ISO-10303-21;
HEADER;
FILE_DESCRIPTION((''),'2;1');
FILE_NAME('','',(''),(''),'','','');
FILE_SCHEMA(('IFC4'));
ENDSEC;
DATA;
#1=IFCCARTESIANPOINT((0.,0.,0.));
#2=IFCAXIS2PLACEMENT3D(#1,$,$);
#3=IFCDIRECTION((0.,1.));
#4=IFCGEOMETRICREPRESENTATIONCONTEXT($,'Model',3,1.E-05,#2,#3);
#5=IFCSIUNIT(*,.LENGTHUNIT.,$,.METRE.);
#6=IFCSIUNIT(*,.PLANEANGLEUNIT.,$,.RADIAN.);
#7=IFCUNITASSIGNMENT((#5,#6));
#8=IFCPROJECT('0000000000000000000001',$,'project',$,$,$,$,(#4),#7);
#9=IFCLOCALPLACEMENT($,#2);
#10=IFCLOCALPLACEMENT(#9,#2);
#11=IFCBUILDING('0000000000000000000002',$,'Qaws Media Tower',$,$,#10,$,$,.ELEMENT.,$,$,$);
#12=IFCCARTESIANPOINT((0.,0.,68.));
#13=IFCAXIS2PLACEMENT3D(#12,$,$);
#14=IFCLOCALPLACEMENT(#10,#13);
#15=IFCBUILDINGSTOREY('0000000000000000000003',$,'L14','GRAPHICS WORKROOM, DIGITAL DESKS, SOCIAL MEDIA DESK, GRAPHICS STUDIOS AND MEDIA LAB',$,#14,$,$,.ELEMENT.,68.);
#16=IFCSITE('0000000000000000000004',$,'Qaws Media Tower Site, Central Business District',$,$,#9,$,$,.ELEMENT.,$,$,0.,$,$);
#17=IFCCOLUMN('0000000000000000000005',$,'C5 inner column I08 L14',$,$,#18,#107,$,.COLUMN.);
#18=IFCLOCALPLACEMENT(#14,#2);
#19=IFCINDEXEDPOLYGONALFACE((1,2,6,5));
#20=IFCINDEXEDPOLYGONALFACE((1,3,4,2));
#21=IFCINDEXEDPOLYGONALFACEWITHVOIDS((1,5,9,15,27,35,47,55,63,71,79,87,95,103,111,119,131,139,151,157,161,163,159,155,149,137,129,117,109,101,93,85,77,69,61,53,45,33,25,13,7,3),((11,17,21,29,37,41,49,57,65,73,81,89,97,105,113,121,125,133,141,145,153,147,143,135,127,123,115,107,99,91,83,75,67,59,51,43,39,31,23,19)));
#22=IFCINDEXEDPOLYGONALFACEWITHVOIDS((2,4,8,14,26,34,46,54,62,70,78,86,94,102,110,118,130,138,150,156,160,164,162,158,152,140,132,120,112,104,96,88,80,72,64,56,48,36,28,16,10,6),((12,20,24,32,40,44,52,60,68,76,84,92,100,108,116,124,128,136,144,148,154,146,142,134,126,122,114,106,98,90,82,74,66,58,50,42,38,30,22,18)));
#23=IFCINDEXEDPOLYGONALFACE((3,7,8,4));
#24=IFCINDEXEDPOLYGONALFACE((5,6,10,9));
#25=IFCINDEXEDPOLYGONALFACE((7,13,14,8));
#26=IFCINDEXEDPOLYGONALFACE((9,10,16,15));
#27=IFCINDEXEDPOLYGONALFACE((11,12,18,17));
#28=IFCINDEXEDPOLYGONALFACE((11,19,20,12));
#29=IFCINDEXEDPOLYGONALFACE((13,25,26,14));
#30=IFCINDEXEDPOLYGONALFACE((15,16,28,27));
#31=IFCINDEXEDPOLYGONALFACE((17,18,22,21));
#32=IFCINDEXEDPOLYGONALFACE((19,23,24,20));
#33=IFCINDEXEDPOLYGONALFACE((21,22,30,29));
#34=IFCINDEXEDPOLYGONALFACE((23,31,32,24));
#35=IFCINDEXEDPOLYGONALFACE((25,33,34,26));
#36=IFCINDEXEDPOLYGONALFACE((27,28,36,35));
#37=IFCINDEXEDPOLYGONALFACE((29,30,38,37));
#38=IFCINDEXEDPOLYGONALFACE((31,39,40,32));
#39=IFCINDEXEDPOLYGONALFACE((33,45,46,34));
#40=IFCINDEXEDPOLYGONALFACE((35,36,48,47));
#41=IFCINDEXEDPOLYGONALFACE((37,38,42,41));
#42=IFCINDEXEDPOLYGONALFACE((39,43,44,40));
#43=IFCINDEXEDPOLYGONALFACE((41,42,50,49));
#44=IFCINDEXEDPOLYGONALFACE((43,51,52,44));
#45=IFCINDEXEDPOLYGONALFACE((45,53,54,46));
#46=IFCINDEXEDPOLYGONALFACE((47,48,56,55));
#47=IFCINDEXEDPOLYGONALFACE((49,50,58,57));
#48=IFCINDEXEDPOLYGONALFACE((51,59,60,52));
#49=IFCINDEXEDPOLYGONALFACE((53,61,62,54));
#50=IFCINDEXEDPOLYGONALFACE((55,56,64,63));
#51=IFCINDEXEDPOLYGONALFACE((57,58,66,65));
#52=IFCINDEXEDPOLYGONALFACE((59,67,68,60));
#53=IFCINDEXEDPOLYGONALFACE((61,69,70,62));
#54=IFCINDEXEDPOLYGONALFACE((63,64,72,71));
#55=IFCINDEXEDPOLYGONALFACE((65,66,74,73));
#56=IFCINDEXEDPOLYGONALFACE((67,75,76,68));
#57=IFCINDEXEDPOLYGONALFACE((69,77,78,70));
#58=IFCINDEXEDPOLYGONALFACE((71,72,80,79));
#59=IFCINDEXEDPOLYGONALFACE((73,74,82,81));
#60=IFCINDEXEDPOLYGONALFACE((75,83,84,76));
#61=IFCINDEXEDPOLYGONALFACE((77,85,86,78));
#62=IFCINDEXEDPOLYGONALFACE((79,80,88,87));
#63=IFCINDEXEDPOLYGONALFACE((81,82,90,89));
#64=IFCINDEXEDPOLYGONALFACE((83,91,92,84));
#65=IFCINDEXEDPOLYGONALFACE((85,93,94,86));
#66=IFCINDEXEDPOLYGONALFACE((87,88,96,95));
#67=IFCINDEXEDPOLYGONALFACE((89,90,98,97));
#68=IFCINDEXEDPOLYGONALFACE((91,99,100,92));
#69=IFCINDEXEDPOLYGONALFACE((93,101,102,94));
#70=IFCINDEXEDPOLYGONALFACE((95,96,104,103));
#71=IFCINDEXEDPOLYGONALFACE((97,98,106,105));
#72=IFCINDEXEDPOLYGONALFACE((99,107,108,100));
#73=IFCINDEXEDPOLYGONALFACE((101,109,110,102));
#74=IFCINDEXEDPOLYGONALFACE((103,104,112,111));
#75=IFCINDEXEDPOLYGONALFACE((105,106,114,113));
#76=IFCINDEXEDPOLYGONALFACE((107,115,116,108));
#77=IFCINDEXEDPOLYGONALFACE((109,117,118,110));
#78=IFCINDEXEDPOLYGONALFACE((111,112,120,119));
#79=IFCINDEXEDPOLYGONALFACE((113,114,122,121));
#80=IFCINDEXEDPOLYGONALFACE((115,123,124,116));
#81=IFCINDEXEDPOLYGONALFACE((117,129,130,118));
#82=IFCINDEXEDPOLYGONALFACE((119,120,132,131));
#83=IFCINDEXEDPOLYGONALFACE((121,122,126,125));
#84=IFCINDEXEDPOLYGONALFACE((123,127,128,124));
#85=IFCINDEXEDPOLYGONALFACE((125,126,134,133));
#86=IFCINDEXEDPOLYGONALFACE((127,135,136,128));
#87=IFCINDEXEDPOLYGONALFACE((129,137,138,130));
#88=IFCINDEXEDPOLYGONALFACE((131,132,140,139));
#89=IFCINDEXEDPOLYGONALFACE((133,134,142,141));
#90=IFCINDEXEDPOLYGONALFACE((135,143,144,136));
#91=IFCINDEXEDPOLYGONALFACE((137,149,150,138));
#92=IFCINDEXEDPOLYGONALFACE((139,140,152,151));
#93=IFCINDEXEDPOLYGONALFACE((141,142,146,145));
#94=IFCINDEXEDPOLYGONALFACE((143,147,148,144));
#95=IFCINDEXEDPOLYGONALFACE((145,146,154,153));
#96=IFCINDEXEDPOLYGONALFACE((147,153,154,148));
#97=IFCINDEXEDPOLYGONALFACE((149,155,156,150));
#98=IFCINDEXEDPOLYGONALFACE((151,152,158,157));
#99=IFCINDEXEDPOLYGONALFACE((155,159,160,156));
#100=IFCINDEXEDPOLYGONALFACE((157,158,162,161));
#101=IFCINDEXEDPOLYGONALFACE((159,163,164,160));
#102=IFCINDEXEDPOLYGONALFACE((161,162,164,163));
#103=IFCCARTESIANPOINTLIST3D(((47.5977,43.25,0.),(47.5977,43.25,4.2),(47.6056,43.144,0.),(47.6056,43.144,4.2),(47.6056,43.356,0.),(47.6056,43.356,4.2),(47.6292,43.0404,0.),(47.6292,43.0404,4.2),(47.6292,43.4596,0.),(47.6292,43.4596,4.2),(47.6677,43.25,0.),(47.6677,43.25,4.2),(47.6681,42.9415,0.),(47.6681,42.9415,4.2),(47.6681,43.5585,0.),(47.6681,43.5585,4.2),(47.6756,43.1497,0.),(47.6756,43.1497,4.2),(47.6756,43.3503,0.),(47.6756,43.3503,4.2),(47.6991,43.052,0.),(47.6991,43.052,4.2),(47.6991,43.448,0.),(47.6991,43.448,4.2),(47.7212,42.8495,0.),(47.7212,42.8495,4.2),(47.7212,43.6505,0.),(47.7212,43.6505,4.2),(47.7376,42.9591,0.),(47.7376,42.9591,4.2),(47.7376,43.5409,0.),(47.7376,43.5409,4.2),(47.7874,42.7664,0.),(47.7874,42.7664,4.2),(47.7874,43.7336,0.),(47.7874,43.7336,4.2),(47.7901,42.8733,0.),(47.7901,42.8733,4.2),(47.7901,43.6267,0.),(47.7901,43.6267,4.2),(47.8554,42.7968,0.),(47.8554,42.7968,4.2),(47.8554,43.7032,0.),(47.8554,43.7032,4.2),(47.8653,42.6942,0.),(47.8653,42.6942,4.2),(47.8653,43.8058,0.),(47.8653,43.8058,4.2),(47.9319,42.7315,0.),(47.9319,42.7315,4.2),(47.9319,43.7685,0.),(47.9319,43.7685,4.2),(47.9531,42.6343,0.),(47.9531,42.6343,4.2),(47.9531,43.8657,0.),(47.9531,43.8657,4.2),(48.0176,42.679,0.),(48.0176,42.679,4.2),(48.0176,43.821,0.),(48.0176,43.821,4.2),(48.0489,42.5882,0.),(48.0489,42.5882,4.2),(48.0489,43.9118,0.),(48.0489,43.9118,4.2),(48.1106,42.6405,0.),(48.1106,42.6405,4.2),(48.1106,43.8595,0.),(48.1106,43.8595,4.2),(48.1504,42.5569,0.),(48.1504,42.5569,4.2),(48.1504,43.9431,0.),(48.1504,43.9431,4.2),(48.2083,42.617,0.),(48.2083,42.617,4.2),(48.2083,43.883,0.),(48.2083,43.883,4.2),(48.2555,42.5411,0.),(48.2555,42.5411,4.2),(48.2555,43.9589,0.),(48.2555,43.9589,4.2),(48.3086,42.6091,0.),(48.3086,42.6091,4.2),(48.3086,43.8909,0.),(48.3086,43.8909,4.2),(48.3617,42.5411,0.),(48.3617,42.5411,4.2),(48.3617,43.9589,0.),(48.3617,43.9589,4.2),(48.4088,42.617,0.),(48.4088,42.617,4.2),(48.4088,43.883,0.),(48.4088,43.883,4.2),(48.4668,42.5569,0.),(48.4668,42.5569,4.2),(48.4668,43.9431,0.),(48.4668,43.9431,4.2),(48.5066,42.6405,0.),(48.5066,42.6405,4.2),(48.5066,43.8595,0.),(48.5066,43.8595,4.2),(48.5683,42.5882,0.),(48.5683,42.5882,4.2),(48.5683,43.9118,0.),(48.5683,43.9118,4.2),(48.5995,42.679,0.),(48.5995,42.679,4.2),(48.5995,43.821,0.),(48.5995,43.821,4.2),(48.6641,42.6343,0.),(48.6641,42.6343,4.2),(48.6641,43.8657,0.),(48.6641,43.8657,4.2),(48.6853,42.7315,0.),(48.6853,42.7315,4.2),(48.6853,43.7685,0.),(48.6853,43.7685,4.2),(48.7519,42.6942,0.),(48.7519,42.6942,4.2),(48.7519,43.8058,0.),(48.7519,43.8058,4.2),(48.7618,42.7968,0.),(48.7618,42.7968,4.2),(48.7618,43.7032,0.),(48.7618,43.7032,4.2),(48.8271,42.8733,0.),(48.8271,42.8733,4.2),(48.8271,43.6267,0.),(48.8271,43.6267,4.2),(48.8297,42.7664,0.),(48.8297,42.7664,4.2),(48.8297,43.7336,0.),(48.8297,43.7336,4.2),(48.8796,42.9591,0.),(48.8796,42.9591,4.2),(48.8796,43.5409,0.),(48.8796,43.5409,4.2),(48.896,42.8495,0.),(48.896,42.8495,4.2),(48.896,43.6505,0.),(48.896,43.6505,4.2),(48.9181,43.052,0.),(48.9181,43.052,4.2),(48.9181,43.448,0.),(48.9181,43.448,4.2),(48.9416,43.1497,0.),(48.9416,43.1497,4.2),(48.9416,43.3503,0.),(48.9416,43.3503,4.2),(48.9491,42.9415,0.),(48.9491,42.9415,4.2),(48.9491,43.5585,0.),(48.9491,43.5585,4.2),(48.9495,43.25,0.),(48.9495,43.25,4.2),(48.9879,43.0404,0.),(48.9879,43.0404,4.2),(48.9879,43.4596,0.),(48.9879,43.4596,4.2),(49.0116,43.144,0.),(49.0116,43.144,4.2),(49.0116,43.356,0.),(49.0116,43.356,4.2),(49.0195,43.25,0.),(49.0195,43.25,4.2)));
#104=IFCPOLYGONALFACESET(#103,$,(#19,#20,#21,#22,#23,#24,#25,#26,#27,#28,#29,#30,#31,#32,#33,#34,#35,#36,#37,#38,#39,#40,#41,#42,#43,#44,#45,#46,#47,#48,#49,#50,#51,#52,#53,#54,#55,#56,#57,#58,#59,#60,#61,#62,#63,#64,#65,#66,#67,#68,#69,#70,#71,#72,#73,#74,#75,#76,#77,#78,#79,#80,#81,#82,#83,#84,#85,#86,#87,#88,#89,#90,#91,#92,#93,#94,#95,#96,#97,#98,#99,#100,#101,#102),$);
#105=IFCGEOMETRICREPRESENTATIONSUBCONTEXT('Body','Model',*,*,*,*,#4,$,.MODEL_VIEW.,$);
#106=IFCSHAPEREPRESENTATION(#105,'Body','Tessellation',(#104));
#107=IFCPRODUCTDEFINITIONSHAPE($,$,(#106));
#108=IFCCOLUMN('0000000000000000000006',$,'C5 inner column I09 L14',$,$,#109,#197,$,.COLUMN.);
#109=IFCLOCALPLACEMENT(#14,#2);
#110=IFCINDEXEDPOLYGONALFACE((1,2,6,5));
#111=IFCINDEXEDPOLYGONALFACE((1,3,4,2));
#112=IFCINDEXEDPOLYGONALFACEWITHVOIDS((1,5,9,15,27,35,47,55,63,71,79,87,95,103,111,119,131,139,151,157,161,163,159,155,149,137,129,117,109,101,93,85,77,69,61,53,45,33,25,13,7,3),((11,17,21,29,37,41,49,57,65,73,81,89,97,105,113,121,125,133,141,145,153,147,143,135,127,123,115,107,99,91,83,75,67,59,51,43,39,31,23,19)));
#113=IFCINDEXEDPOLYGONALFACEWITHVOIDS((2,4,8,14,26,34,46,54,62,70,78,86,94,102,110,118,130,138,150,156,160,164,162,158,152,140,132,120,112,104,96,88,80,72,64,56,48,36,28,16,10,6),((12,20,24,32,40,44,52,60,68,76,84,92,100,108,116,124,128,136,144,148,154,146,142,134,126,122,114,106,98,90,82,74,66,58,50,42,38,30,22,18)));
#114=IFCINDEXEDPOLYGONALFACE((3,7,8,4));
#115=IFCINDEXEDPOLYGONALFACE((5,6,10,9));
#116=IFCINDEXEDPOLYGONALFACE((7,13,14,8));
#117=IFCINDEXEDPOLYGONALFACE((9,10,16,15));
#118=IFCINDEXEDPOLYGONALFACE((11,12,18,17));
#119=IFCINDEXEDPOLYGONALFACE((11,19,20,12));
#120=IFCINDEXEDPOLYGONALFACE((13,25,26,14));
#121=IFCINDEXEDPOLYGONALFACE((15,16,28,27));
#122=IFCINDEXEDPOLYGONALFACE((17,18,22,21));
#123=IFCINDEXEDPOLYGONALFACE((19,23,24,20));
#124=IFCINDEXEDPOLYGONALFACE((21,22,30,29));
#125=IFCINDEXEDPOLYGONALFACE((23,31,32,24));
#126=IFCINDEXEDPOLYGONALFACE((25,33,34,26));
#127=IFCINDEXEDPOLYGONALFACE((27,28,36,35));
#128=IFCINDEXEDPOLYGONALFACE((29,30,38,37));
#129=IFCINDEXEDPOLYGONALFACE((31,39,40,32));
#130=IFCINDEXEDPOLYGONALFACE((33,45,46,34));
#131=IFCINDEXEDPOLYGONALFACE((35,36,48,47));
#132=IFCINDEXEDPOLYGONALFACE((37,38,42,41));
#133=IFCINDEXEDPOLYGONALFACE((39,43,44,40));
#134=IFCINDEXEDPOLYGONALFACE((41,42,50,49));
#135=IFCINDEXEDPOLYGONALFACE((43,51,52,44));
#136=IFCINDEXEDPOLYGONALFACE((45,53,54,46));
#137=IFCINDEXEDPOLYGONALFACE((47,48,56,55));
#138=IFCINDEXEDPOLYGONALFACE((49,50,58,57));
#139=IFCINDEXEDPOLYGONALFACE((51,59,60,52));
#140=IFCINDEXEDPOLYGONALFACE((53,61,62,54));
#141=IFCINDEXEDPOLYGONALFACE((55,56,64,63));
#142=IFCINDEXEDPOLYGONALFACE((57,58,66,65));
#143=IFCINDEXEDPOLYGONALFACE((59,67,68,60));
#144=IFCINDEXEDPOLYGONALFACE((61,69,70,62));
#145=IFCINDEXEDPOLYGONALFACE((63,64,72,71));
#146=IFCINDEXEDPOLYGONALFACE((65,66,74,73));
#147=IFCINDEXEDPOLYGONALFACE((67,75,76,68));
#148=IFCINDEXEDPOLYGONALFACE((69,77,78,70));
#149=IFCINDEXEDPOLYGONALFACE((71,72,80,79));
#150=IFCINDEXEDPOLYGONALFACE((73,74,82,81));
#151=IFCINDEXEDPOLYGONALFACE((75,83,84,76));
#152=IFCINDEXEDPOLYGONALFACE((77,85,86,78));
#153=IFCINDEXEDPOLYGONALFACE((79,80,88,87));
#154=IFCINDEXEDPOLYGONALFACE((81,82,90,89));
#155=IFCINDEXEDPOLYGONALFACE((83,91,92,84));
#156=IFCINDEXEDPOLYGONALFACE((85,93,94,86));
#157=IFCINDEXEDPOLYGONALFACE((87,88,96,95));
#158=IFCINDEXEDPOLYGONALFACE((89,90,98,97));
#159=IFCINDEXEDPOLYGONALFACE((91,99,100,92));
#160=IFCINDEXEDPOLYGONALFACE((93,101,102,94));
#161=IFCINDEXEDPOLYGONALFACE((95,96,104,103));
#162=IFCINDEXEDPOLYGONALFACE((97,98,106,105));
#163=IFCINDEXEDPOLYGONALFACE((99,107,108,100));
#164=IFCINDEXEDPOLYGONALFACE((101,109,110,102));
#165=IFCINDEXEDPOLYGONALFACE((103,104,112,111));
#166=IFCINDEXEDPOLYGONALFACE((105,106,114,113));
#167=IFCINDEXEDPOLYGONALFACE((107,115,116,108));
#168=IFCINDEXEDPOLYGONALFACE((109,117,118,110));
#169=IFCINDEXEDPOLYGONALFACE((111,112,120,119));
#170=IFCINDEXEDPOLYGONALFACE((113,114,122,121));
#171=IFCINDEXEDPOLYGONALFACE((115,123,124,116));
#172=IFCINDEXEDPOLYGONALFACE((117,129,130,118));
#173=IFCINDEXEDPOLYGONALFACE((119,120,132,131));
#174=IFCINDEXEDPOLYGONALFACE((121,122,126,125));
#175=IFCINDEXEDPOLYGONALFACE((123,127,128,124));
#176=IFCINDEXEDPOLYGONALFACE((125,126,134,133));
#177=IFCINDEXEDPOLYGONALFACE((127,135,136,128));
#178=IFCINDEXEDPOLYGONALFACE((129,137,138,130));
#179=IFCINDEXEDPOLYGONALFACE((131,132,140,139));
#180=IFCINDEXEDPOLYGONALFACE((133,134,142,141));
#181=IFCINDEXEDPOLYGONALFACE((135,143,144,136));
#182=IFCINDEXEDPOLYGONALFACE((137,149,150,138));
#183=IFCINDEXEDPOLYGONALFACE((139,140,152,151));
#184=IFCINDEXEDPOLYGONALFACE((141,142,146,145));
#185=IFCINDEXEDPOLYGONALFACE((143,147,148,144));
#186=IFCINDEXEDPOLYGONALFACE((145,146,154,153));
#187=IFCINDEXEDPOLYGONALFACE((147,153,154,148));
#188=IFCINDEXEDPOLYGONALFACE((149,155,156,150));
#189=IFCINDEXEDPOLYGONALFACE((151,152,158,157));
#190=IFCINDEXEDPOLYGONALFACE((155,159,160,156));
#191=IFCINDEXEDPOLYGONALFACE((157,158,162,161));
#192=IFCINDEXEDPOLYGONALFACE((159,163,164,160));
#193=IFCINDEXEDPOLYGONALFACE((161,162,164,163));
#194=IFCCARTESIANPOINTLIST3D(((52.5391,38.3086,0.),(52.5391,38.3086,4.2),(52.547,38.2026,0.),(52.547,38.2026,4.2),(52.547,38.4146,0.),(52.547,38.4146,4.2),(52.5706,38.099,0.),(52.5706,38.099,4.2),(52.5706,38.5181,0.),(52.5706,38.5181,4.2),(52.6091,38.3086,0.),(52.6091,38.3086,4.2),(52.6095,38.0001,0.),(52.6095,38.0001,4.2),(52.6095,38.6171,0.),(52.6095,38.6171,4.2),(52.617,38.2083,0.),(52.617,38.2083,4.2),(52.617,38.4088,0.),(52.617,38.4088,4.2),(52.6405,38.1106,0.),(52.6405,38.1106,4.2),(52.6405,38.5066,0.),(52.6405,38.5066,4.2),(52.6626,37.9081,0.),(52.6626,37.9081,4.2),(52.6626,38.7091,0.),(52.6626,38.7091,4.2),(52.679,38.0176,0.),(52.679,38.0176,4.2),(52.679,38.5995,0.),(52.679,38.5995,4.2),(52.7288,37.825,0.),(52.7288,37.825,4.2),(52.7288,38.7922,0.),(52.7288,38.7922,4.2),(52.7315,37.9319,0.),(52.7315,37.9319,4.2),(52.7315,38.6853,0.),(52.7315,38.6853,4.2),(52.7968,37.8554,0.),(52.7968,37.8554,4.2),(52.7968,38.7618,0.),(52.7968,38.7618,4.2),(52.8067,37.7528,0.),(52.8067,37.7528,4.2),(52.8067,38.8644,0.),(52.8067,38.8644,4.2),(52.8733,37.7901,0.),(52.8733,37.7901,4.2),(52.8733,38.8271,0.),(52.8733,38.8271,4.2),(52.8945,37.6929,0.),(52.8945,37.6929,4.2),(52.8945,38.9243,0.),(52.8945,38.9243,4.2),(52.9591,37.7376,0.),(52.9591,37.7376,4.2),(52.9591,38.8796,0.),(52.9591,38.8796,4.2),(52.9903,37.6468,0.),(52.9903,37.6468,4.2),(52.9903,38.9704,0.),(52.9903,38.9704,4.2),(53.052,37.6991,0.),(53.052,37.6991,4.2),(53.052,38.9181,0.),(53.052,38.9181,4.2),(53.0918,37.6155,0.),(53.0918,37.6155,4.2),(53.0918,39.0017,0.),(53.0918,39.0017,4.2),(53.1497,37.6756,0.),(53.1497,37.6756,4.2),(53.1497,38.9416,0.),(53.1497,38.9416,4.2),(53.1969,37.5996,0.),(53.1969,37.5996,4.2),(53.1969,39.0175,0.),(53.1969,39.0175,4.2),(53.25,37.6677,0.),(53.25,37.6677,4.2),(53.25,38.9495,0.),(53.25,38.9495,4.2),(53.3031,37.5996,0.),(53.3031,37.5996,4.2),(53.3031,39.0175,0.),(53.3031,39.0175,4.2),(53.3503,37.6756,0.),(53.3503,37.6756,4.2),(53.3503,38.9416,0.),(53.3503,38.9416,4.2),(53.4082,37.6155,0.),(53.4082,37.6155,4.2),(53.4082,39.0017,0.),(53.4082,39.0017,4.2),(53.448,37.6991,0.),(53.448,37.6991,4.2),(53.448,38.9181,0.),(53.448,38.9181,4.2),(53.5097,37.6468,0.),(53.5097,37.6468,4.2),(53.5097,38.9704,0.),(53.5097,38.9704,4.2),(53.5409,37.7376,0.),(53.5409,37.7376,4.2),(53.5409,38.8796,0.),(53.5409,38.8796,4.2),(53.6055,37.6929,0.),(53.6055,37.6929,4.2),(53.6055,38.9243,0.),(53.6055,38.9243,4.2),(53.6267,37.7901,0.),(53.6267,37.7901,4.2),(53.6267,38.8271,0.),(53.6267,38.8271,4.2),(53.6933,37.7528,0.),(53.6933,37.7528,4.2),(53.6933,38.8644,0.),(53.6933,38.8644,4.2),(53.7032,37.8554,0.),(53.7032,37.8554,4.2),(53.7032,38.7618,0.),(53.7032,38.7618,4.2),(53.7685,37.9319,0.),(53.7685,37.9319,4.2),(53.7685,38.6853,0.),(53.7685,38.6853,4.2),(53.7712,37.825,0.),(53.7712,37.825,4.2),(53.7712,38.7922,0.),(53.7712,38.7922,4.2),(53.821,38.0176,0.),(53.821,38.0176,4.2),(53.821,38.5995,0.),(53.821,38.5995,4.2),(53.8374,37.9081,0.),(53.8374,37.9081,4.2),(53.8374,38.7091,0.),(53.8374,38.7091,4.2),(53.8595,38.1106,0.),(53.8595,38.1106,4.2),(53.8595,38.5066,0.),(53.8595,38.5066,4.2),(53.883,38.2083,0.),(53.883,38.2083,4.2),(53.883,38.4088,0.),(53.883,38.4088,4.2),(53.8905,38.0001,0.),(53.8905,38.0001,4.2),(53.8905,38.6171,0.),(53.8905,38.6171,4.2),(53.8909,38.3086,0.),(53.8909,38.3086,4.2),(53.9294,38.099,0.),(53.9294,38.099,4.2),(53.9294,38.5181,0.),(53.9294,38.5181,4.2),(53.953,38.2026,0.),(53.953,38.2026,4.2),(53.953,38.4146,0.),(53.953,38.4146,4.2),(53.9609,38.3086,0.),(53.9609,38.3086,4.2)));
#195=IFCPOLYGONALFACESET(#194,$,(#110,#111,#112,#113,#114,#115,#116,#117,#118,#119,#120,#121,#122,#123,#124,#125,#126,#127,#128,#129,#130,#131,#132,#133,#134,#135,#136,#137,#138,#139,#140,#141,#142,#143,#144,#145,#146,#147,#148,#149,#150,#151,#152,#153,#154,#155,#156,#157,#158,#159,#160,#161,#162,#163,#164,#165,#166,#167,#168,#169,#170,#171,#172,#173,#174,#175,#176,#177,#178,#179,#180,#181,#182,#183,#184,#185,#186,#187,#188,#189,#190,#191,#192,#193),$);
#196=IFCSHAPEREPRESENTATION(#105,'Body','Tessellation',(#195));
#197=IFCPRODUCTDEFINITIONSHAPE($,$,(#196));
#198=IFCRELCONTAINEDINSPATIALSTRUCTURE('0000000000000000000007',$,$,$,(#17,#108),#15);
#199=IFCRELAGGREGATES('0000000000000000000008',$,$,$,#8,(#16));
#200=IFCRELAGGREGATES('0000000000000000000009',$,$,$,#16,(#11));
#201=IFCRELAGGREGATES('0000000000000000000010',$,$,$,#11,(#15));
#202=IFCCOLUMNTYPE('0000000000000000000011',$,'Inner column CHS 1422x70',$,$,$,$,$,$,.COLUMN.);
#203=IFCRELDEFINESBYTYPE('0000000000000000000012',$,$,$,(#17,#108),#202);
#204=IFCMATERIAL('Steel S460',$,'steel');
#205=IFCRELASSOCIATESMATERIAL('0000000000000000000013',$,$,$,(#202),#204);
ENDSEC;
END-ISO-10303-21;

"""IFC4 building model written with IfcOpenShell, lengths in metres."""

from ifc_helpers import new_model, si_unit, direction, frame, origin, origin_2d, place, context, subcontext, project, spatial, hollow_circle, extrude, material, material_profile, profile_set, type_object, element, save


model = new_model("IFC4")

# Units and contexts
model_context = context("Model", 3, precision=1e-05, world=origin(), true_north=direction((0.0, 1.0)))
body_context = subcontext(model_context, "Body", "Model", "MODEL_VIEW")
ifc_project = project(units=[si_unit("LENGTHUNIT", "METRE"), si_unit("PLANEANGLEUNIT", "RADIAN")], contexts=[model_context])

# Site, building, storey
site_placement = place(None, origin())
site = spatial("IfcSite", under=ifc_project, at=site_placement, Name="Qaws Media Tower Site, Central Business District", CompositionType="ELEMENT", RefElevation=0.0)
building_placement = place(site_placement, origin())
building = spatial("IfcBuilding", under=site, at=building_placement, Name="Qaws Media Tower", CompositionType="ELEMENT")
storey_placement = place(building_placement, frame((0.0, 0.0, 68.0)))
storey = spatial("IfcBuildingStorey", under=building, at=storey_placement, Name="L14", Description="GRAPHICS WORKROOM, DIGITAL DESKS, SOCIAL MEDIA DESK, GRAPHICS STUDIOS AND MEDIA LAB", CompositionType="ELEMENT", Elevation=68.0)

# Columns
ifc_material_1 = material(Name="Steel S460", Category="steel")
ifc_material_profile_1 = material_profile(ifc_material_1, hollow_circle(Radius=0.7109, WallThickness=0.0701, at=origin_2d()), Name="CHS 1422x70")
ifc_profile_set_1 = profile_set([ifc_material_profile_1], Name="Steel S460")
column_type = type_object("IfcColumnType", Name="Inner column CHS 1422x70", PredefinedType="COLUMN", material=ifc_profile_set_1)
for number, where, z_axis, x_axis, name in (
    (1, (48.3086, 43.25, 0.0), (0.0, 0.0, 1.0), (1.0, 0.0, 0.0), "C5 inner column I08 L14"),
    (2, (53.25, 38.3086, 0.0), (0.0, 0.0, 1.0), (1.0, 0.0, 0.0), "C5 inner column I09 L14"),
):
    element("IfcColumn", number, at=place(storey_placement, frame(where, z_axis=z_axis, x_axis=x_axis)), inside=storey, type_object=column_type, Name=name, PredefinedType="COLUMN", context=body_context, shape_type="SweptSolid", body=[
        extrude(hollow_circle(Radius=0.7109, WallThickness=0.0701, at=origin_2d()), origin(), (0.0, 0.0, 1.0), 4.2),
    ])

save(model, "model.ifc")
